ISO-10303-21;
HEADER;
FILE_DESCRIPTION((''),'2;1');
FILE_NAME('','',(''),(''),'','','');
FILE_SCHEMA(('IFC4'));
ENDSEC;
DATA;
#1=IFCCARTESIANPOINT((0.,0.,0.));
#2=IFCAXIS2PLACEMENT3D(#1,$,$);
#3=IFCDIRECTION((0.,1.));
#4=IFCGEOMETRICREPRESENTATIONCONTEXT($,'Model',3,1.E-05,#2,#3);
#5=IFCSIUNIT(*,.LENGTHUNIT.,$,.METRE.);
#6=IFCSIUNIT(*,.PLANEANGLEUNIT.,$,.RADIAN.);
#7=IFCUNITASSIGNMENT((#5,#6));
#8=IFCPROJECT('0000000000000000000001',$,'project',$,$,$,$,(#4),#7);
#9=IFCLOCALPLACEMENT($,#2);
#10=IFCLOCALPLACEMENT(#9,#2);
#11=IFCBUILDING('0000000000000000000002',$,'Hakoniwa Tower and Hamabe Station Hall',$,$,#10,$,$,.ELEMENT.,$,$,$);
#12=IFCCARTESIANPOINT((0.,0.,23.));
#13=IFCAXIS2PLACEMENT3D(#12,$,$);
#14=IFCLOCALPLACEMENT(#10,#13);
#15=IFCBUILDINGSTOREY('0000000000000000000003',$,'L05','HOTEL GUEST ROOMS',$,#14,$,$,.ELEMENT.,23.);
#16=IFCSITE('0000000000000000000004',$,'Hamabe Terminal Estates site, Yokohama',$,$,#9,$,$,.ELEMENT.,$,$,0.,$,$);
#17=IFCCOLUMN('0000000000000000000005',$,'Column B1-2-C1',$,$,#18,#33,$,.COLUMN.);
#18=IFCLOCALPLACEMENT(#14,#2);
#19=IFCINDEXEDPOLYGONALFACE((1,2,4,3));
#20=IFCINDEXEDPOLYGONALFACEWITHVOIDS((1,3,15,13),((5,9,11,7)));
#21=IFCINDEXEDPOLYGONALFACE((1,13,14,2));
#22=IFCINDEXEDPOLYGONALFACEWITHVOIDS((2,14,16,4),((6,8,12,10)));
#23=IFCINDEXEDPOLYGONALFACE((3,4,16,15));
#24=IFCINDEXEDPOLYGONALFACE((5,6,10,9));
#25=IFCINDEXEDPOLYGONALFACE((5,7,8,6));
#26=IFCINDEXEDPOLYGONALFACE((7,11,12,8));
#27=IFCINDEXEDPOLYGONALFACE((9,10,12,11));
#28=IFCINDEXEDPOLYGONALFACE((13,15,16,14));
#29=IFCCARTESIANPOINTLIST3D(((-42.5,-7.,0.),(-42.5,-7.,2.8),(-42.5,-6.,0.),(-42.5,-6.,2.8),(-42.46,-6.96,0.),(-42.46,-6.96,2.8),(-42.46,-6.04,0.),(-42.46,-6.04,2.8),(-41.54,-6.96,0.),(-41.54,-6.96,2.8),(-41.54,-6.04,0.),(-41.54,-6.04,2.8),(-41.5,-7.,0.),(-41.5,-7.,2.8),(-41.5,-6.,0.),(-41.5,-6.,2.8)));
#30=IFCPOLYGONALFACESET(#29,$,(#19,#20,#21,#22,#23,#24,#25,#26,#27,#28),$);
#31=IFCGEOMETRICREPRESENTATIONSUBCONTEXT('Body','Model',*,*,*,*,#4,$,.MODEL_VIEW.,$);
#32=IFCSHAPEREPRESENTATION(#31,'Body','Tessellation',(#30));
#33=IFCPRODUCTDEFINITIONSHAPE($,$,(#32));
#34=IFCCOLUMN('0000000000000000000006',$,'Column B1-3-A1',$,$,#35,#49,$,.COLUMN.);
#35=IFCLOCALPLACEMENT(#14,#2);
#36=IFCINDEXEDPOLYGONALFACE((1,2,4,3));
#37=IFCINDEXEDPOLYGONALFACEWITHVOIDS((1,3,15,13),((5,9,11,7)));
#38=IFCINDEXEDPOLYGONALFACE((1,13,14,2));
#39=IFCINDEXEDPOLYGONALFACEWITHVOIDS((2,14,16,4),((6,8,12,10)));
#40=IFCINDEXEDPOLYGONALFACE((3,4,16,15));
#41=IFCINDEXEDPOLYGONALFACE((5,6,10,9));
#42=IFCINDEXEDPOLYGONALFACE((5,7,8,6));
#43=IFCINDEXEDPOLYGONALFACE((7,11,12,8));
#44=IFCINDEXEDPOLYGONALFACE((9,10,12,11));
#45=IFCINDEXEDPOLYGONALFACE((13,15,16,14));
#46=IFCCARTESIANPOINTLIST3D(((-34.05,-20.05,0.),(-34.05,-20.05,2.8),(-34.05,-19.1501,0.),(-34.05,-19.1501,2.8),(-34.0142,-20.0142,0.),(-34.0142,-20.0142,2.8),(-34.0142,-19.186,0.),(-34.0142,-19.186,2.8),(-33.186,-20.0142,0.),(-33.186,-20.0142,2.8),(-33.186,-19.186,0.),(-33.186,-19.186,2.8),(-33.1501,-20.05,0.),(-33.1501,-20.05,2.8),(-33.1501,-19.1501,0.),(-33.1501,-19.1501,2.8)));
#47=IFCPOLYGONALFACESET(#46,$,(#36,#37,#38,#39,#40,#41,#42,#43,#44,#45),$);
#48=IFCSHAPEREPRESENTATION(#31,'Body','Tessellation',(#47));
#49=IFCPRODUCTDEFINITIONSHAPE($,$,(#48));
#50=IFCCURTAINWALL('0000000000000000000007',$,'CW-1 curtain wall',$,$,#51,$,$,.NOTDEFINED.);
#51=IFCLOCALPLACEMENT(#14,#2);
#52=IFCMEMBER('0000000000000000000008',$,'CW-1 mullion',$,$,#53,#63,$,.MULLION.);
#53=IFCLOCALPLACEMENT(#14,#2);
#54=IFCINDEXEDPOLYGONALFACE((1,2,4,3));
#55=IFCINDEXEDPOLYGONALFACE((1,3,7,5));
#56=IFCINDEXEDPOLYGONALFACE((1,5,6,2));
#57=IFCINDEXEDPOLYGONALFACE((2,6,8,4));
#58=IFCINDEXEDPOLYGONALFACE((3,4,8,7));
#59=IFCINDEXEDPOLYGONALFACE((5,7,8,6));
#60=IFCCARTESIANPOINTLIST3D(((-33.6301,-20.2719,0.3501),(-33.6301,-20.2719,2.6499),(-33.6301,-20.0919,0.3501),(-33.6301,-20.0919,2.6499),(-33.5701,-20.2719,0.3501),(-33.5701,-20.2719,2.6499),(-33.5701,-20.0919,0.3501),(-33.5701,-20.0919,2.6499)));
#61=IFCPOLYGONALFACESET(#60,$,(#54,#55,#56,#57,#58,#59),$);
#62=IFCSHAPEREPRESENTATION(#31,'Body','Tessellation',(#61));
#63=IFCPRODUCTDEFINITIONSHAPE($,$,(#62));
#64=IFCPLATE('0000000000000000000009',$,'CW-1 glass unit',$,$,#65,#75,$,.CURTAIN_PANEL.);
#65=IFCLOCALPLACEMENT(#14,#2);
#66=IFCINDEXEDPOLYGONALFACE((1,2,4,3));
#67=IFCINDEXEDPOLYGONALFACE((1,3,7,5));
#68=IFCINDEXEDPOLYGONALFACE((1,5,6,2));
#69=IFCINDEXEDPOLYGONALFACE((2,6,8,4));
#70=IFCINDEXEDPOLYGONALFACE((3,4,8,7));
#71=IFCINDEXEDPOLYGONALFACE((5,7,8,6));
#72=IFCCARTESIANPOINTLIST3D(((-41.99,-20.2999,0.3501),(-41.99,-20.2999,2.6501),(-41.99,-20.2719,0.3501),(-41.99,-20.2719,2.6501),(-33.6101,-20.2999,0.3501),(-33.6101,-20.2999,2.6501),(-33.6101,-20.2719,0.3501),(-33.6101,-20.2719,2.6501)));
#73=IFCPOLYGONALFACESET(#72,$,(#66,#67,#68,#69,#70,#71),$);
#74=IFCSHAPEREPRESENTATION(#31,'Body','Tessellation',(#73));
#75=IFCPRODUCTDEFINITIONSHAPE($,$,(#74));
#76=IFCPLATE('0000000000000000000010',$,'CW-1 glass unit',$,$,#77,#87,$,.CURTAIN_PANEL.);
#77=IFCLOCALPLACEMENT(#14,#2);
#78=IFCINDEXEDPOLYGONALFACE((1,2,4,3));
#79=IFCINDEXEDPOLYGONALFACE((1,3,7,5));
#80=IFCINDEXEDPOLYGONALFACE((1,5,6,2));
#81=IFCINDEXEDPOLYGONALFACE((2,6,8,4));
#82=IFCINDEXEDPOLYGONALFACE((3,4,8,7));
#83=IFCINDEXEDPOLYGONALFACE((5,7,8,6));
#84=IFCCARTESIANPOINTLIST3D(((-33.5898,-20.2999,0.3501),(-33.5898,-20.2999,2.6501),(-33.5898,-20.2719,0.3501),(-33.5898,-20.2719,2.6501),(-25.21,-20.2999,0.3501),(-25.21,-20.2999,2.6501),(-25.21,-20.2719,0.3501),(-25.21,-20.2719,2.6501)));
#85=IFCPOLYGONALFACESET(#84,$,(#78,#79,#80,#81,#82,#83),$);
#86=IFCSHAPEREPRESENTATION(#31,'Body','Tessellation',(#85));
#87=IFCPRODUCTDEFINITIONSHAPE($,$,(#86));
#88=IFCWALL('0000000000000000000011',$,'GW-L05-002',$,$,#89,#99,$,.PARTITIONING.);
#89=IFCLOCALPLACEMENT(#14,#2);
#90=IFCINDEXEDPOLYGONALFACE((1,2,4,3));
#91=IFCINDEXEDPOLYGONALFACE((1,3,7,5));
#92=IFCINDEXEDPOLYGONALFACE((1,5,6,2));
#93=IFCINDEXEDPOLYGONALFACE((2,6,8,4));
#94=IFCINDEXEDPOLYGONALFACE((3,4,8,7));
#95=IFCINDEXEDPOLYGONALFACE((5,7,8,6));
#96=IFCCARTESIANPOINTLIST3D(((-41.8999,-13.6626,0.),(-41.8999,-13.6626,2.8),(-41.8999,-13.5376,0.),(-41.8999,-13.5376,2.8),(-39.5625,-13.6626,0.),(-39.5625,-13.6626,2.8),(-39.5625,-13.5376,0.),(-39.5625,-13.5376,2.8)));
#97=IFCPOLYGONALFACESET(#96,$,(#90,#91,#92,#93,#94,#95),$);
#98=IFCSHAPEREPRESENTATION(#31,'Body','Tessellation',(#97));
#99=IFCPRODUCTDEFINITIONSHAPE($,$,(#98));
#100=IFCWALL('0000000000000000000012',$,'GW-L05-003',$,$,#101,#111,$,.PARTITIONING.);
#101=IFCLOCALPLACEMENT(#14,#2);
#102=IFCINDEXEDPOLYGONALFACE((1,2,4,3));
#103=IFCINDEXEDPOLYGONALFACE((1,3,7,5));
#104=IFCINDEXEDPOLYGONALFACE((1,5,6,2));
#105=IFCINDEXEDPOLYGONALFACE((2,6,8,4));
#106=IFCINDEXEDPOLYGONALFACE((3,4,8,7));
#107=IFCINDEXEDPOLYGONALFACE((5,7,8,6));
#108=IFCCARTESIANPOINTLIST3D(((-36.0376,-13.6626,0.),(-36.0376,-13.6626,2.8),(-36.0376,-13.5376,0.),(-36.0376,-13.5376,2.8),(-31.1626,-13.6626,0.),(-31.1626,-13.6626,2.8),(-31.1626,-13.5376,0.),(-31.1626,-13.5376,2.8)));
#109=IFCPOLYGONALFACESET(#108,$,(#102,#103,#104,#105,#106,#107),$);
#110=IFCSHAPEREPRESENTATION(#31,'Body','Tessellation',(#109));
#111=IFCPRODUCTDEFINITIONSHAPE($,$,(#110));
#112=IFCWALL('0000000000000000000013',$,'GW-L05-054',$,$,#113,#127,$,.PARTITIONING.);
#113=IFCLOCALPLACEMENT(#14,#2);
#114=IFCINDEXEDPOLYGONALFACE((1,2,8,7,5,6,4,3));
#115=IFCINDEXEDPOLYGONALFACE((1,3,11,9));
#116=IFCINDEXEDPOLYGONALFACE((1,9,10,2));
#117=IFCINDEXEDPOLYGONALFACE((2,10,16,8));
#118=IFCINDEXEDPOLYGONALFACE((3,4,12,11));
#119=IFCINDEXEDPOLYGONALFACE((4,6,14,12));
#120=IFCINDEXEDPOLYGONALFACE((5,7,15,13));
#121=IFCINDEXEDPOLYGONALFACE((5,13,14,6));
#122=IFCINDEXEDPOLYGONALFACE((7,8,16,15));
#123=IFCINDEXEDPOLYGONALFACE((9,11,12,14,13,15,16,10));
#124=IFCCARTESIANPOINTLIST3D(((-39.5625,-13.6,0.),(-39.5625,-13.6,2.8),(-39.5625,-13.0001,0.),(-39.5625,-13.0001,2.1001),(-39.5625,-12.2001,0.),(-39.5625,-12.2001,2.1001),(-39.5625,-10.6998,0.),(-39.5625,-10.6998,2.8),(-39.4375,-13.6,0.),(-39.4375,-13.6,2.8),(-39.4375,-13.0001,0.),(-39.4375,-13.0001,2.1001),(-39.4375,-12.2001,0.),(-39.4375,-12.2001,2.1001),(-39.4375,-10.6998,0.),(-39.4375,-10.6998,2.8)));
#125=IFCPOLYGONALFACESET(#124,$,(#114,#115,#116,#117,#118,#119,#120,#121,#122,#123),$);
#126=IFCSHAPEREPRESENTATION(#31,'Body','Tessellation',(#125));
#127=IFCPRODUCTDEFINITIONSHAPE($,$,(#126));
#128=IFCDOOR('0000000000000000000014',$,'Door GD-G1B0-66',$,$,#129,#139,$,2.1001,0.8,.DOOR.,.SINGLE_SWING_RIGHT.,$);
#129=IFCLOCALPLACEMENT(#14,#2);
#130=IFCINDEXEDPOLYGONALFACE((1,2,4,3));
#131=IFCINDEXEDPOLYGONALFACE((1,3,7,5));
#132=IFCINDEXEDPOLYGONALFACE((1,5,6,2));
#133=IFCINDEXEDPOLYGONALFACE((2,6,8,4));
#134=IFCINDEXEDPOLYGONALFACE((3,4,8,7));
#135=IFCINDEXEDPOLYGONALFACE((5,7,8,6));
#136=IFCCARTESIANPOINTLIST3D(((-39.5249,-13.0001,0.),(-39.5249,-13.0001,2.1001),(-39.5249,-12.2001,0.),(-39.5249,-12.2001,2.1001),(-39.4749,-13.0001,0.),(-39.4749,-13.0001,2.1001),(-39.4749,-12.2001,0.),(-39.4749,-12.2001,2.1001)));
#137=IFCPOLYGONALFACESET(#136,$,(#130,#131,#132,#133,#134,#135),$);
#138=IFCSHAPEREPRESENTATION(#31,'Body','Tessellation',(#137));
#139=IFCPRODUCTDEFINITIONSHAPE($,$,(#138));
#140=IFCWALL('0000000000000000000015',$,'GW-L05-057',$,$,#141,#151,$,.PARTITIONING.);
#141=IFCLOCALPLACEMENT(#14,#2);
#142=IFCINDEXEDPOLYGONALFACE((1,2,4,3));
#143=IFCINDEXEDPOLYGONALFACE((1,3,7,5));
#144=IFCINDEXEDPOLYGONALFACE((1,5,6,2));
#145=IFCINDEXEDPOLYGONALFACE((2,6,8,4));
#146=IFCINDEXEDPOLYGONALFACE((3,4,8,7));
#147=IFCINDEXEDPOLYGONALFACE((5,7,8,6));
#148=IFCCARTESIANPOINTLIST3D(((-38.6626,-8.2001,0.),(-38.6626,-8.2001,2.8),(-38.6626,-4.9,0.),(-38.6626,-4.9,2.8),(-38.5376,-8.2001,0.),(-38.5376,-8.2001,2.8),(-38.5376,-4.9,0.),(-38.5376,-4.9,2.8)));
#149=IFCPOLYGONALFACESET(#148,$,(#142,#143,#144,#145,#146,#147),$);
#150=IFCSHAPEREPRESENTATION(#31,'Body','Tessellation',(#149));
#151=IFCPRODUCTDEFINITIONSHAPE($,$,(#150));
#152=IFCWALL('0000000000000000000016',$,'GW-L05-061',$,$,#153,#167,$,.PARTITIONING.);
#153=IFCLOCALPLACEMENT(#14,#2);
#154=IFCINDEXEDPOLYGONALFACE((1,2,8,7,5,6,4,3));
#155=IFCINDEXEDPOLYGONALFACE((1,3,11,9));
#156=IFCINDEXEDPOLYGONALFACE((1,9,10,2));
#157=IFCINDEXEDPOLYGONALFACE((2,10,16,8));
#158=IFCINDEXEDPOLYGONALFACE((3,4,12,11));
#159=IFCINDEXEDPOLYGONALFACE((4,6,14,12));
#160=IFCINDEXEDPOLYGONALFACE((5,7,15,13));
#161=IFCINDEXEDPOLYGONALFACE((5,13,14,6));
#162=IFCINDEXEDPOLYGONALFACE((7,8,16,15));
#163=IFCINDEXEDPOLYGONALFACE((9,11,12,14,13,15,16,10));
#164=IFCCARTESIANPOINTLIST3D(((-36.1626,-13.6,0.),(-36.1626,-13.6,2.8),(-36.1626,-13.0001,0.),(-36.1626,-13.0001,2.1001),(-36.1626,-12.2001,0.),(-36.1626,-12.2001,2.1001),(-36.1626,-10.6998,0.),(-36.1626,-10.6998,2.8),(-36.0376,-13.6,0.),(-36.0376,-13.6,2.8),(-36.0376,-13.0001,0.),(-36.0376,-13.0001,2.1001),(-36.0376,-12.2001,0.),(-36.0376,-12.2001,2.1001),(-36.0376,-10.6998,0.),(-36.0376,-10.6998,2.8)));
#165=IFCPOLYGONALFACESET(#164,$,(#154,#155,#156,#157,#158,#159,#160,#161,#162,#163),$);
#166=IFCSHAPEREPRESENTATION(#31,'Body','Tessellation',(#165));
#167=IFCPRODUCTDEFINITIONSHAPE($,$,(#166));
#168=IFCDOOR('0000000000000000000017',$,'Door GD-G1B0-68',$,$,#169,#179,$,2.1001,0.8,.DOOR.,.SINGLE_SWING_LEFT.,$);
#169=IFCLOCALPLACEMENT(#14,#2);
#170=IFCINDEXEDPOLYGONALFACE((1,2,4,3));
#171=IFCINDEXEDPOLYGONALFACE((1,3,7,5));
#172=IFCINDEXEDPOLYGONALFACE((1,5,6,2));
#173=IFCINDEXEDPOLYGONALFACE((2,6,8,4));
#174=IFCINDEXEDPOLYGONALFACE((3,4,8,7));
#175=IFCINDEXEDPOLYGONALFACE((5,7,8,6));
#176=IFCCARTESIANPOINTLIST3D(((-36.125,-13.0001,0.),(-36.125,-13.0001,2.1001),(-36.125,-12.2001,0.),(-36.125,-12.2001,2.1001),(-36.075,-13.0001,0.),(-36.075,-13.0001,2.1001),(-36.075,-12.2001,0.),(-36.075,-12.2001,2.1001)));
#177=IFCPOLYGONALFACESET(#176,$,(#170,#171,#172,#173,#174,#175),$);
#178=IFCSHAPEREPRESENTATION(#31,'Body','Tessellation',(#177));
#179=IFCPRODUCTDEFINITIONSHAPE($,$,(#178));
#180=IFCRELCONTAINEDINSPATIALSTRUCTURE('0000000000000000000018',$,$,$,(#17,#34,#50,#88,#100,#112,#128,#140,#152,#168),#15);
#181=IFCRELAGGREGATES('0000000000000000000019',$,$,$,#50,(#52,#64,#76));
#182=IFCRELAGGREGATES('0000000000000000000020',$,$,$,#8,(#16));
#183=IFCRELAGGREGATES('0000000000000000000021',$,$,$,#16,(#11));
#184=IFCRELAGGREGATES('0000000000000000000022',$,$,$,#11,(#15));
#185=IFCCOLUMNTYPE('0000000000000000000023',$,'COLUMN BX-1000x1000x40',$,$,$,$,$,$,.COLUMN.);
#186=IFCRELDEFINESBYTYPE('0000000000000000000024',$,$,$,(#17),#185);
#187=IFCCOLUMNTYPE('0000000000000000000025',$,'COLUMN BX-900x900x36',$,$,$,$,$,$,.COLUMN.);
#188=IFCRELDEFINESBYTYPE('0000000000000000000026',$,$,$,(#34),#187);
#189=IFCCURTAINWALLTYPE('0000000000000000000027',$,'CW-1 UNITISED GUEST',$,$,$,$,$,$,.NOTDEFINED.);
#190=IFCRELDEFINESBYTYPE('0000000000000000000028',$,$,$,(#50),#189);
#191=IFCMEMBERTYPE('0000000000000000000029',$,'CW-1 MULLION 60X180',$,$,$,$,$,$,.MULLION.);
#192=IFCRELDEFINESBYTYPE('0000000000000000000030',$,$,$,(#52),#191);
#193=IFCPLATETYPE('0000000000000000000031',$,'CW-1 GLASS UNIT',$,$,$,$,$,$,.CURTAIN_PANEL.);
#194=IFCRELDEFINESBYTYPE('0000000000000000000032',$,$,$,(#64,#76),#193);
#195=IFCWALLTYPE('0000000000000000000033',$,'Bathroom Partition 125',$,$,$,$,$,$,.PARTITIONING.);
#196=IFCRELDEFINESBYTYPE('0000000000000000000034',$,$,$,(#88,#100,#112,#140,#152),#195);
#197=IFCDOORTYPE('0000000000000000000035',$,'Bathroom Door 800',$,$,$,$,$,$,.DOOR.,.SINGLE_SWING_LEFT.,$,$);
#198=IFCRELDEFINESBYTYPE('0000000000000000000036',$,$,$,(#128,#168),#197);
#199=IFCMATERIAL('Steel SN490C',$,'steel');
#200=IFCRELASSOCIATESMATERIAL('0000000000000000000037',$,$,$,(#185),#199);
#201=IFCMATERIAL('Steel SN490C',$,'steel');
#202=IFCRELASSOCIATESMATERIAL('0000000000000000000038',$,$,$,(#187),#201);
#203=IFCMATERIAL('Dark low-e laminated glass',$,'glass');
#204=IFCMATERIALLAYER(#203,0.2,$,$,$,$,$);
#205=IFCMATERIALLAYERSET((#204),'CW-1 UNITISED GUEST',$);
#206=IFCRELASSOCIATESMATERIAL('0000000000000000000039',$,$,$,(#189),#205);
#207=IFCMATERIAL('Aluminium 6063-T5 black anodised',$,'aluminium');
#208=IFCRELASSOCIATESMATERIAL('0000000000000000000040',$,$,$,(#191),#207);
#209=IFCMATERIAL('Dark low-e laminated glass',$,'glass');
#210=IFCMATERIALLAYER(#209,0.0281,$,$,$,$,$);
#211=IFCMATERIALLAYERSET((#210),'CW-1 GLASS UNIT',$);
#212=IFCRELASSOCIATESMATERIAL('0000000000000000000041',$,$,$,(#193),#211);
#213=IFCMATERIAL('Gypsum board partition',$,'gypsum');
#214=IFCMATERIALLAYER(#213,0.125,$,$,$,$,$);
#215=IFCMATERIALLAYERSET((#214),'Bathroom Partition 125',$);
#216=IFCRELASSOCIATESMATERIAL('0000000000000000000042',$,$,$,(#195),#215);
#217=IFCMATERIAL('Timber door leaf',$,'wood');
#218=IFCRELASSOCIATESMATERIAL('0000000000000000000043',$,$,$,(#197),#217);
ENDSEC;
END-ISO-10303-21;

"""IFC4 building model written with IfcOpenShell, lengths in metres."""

from ifc_helpers import new_model, si_unit, direction, frame, frame_2d, origin, origin_2d, place, context, subcontext, project, spatial, rectangle, hollow_rectangle, extrude, material, layer, layer_set, material_profile, profile_set, type_object, element, fill, aggregate, save


model = new_model("IFC4")

# Units and contexts
model_context = context("Model", 3, precision=1e-05, world=origin(), true_north=direction((0.0, 1.0)))
body_context = subcontext(model_context, "Body", "Model", "MODEL_VIEW")
ifc_project = project(units=[si_unit("LENGTHUNIT", "METRE"), si_unit("PLANEANGLEUNIT", "RADIAN")], contexts=[model_context])

# Site, building, storey
site_placement = place(None, origin())
site = spatial("IfcSite", under=ifc_project, at=site_placement, Name="Hamabe Terminal Estates site, Yokohama", CompositionType="ELEMENT", RefElevation=0.0)
building_placement = place(site_placement, origin())
building = spatial("IfcBuilding", under=site, at=building_placement, Name="Hakoniwa Tower and Hamabe Station Hall", CompositionType="ELEMENT")
storey_placement = place(building_placement, frame((0.0, 0.0, 23.0)))
storey = spatial("IfcBuildingStorey", under=building, at=storey_placement, Name="L05", Description="HOTEL GUEST ROOMS", CompositionType="ELEMENT", Elevation=23.0)

# Columns
ifc_material_1 = material(Name="Steel SN490C", Category="steel")
ifc_material_profile_1 = material_profile(ifc_material_1, hollow_rectangle(XDim=1.0, YDim=1.0, WallThickness=0.04, at=origin_2d()), Name="BX-1000x1000x40")
ifc_profile_set_1 = profile_set([ifc_material_profile_1], Name="Steel SN490C")
column_type_1 = type_object("IfcColumnType", Name="COLUMN BX-1000x1000x40", PredefinedType="COLUMN", material=ifc_profile_set_1)
column_1_placement = place(storey_placement, frame((-42.0, -6.5, 0.0), z_axis=(0.0, 0.0, 1.0), x_axis=(1.0, 0.0, 0.0)))
element("IfcColumn", 1, at=column_1_placement, inside=storey, type_object=column_type_1, Name="Column B1-2-C1", PredefinedType="COLUMN", context=body_context, shape_type="SweptSolid", body=[
    extrude(hollow_rectangle(XDim=1.0, YDim=1.0, WallThickness=0.04, at=origin_2d()), origin(), (0.0, 0.0, 1.0), 2.8),
])
ifc_material_2 = material(Name="Steel SN490C", Category="steel")
ifc_material_profile_2 = material_profile(ifc_material_2, hollow_rectangle(XDim=0.8999, YDim=0.8999, WallThickness=0.0359, at=origin_2d()), Name="BX-900x900x36")
ifc_profile_set_2 = profile_set([ifc_material_profile_2], Name="Steel SN490C")
column_type_2 = type_object("IfcColumnType", Name="COLUMN BX-900x900x36", PredefinedType="COLUMN", material=ifc_profile_set_2)
column_2_placement = place(storey_placement, frame((-33.6001, -19.6001, 0.0), z_axis=(0.0, 0.0, 1.0), x_axis=(1.0, 0.0, 0.0)))
element("IfcColumn", 2, at=column_2_placement, inside=storey, type_object=column_type_2, Name="Column B1-3-A1", PredefinedType="COLUMN", context=body_context, shape_type="SweptSolid", body=[
    extrude(hollow_rectangle(XDim=0.8999, YDim=0.8999, WallThickness=0.0359, at=origin_2d()), origin(), (0.0, 0.0, 1.0), 2.8),
])

# Curtain wall, member, plates
ifc_material_3 = material(Name="Dark low-e laminated glass", Category="glass")
ifc_layer_1 = layer(ifc_material_3, 0.2)
ifc_layer_set_1 = layer_set([ifc_layer_1], Name="CW-1 UNITISED GUEST")
curtain_wall_type = type_object("IfcCurtainWallType", Name="CW-1 UNITISED GUEST", PredefinedType="NOTDEFINED", material=ifc_layer_set_1)
curtain_wall_placement = place(storey_placement, origin())
curtain_wall = element("IfcCurtainWall", 3, at=curtain_wall_placement, inside=storey, type_object=curtain_wall_type, Name="CW-1 curtain wall", PredefinedType="NOTDEFINED")
ifc_material_4 = material(Name="Aluminium 6063-T5 black anodised", Category="aluminium")
ifc_material_profile_3 = material_profile(ifc_material_4, rectangle(XDim=0.0601, YDim=0.1799, at=origin_2d()), Name="CW-1 MULLION 60X180")
ifc_profile_set_3 = profile_set([ifc_material_profile_3], Name="Aluminium 6063-T5 black anodised")
member_type = type_object("IfcMemberType", Name="CW-1 MULLION 60X180", PredefinedType="MULLION", material=ifc_profile_set_3)
member_placement = place(storey_placement, frame((-33.6001, -20.1819, 0.3501), z_axis=(0.0, 0.0, 1.0), x_axis=(1.0, 0.0, 0.0)))
member = element("IfcMember", 4, at=member_placement, type_object=member_type, Name="CW-1 mullion", PredefinedType="MULLION", context=body_context, shape_type="SweptSolid", body=[
    extrude(rectangle(XDim=0.0601, YDim=0.1799, at=origin_2d()), origin(), (0.0, 0.0, 1.0), 2.2998),
])
ifc_material_5 = material(Name="Dark low-e laminated glass", Category="glass")
ifc_layer_2 = layer(ifc_material_5, 0.0281)
ifc_layer_set_2 = layer_set([ifc_layer_2], Name="CW-1 GLASS UNIT")
plate_type = type_object("IfcPlateType", Name="CW-1 GLASS UNIT", PredefinedType="CURTAIN_PANEL", material=ifc_layer_set_2)
plate_1_placement = place(storey_placement, frame((-37.8, -20.2859, 0.3501), z_axis=(0.0, 0.0, 1.0), x_axis=(1.0, 0.0, 0.0)))
plate_1 = element("IfcPlate", 5, at=plate_1_placement, type_object=plate_type, Name="CW-1 glass unit", PredefinedType="CURTAIN_PANEL", context=body_context, shape_type="SweptSolid", body=[
    extrude(rectangle(XDim=8.3799, YDim=0.0281, at=origin_2d()), origin(), (0.0, 0.0, 1.0), 2.3),
])
plate_2_placement = place(storey_placement, frame((-29.3999, -20.2859, 0.3501), z_axis=(0.0, 0.0, 1.0), x_axis=(1.0, 0.0, 0.0)))
plate_2 = element("IfcPlate", 6, at=plate_2_placement, type_object=plate_type, Name="CW-1 glass unit", PredefinedType="CURTAIN_PANEL", context=body_context, shape_type="SweptSolid", body=[
    extrude(rectangle(XDim=8.3799, YDim=0.0281, at=origin_2d()), origin(), (0.0, 0.0, 1.0), 2.3),
])
aggregate(curtain_wall, [member, plate_1, plate_2])

# Walls
ifc_material_6 = material(Name="Gypsum board partition", Category="gypsum")
ifc_layer_3 = layer(ifc_material_6, 0.125)
ifc_layer_set_3 = layer_set([ifc_layer_3], Name="Bathroom Partition 125")
wall_type_1 = type_object("IfcWallType", Name="Bathroom Partition 125", PredefinedType="PARTITIONING", material=ifc_layer_set_3)
wall_1_placement = place(storey_placement, frame((-41.8999, -13.6001, 0.0), z_axis=(0.0, 0.0, 1.0), x_axis=(1.0, 0.0, 0.0)))
element("IfcWall", 7, at=wall_1_placement, inside=storey, type_object=wall_type_1, Name="GW-L05-002", PredefinedType="PARTITIONING", context=body_context, shape_type="SweptSolid", body=[
    extrude(rectangle(XDim=2.3374, YDim=0.125, at=frame_2d((1.1687, 0.0))), origin(), (0.0, 0.0, 1.0), 2.8),
])
wall_2_placement = place(storey_placement, frame((-36.0376, -13.6001, 0.0), z_axis=(0.0, 0.0, 1.0), x_axis=(1.0, 0.0, 0.0)))
element("IfcWall", 8, at=wall_2_placement, inside=storey, type_object=wall_type_1, Name="GW-L05-003", PredefinedType="PARTITIONING", context=body_context, shape_type="SweptSolid", body=[
    extrude(rectangle(XDim=4.875, YDim=0.125, at=frame_2d((2.4375, 0.0))), origin(), (0.0, 0.0, 1.0), 2.8),
])

# Wall, opening, door
wall_3_placement = place(storey_placement, frame((-39.5, -13.6001, 0.0), z_axis=(0.0, 0.0, 1.0), x_axis=(0.0, 1.0, 0.0)))
wall_3 = element("IfcWall", 9, at=wall_3_placement, inside=storey, type_object=wall_type_1, Name="GW-L05-054", PredefinedType="PARTITIONING", context=body_context, shape_type="SweptSolid", body=[
    extrude(rectangle(XDim=2.9001, YDim=0.125, at=frame_2d((1.4502, 0.0))), origin(), (0.0, 0.0, 1.0), 2.8),
])
opening_1_placement = place(wall_3_placement, frame((0.6001, 0.0, 0.0)))
opening_1 = element("IfcOpeningElement", 10, at=opening_1_placement, cuts=wall_3, PredefinedType="OPENING", context=body_context, shape_type="SweptSolid", body=[
    extrude(rectangle(XDim=0.8, YDim=2.1001, at=frame_2d((0.3999, 1.05))), frame((0.0, 0.0725, 0.0), z_axis=(0.0, -1.0, 0.0), x_axis=(1.0, 0.0, 0.0)), (0.0, 0.0, 1.0), 0.145),
])
ifc_material_7 = material(Name="Timber door leaf", Category="wood")
door_type_1 = type_object("IfcDoorType", Name="Bathroom Door 800", OperationType="SINGLE_SWING_LEFT", PredefinedType="DOOR", material=ifc_material_7)
door_1_placement = place(opening_1_placement, origin())
door_1 = element("IfcDoor", 11, at=door_1_placement, inside=storey, type_object=door_type_1, Name="Door GD-G1B0-66", OperationType="SINGLE_SWING_RIGHT", OverallHeight=2.1001, OverallWidth=0.8, PredefinedType="DOOR", context=body_context, shape_type="SweptSolid", body=[
    extrude(rectangle(XDim=0.8, YDim=2.1001, at=frame_2d((0.3999, 1.05))), frame((0.0, 0.0249, 0.0), z_axis=(0.0, -1.0, 0.0), x_axis=(1.0, 0.0, 0.0)), (0.0, 0.0, 1.0), 0.05),
])
fill(opening_1, door_1)

# Wall
wall_4_placement = place(storey_placement, frame((-38.6001, -8.2, 0.0), z_axis=(0.0, 0.0, 1.0), x_axis=(0.0, 1.0, 0.0)))
element("IfcWall", 12, at=wall_4_placement, inside=storey, type_object=wall_type_1, Name="GW-L05-057", PredefinedType="PARTITIONING", context=body_context, shape_type="SweptSolid", body=[
    extrude(rectangle(XDim=3.3, YDim=0.125, at=frame_2d((1.6499, 0.0))), origin(), (0.0, 0.0, 1.0), 2.8),
])

# Wall, opening, door
wall_5_placement = place(storey_placement, frame((-36.1001, -13.6001, 0.0), z_axis=(0.0, 0.0, 1.0), x_axis=(0.0, 1.0, 0.0)))
wall_5 = element("IfcWall", 13, at=wall_5_placement, inside=storey, type_object=wall_type_1, Name="GW-L05-061", PredefinedType="PARTITIONING", context=body_context, shape_type="SweptSolid", body=[
    extrude(rectangle(XDim=2.9001, YDim=0.125, at=frame_2d((1.4502, 0.0))), origin(), (0.0, 0.0, 1.0), 2.8),
])
opening_2_placement = place(wall_5_placement, frame((0.6001, 0.0, 0.0)))
opening_2 = element("IfcOpeningElement", 14, at=opening_2_placement, cuts=wall_5, PredefinedType="OPENING", context=body_context, shape_type="SweptSolid", body=[
    extrude(rectangle(XDim=0.8, YDim=2.1001, at=frame_2d((0.3999, 1.05))), frame((0.0, 0.0725, 0.0), z_axis=(0.0, -1.0, 0.0), x_axis=(1.0, 0.0, 0.0)), (0.0, 0.0, 1.0), 0.145),
])
door_2_placement = place(opening_2_placement, origin())
door_2 = element("IfcDoor", 15, at=door_2_placement, inside=storey, type_object=door_type_1, Name="Door GD-G1B0-68", OperationType="SINGLE_SWING_LEFT", OverallHeight=2.1001, OverallWidth=0.8, PredefinedType="DOOR", context=body_context, shape_type="SweptSolid", body=[
    extrude(rectangle(XDim=0.8, YDim=2.1001, at=frame_2d((0.3999, 1.05))), frame((0.0, 0.0249, 0.0), z_axis=(0.0, -1.0, 0.0), x_axis=(1.0, 0.0, 0.0)), (0.0, 0.0, 1.0), 0.05),
])
fill(opening_2, door_2)

save(model, "model.ifc")
